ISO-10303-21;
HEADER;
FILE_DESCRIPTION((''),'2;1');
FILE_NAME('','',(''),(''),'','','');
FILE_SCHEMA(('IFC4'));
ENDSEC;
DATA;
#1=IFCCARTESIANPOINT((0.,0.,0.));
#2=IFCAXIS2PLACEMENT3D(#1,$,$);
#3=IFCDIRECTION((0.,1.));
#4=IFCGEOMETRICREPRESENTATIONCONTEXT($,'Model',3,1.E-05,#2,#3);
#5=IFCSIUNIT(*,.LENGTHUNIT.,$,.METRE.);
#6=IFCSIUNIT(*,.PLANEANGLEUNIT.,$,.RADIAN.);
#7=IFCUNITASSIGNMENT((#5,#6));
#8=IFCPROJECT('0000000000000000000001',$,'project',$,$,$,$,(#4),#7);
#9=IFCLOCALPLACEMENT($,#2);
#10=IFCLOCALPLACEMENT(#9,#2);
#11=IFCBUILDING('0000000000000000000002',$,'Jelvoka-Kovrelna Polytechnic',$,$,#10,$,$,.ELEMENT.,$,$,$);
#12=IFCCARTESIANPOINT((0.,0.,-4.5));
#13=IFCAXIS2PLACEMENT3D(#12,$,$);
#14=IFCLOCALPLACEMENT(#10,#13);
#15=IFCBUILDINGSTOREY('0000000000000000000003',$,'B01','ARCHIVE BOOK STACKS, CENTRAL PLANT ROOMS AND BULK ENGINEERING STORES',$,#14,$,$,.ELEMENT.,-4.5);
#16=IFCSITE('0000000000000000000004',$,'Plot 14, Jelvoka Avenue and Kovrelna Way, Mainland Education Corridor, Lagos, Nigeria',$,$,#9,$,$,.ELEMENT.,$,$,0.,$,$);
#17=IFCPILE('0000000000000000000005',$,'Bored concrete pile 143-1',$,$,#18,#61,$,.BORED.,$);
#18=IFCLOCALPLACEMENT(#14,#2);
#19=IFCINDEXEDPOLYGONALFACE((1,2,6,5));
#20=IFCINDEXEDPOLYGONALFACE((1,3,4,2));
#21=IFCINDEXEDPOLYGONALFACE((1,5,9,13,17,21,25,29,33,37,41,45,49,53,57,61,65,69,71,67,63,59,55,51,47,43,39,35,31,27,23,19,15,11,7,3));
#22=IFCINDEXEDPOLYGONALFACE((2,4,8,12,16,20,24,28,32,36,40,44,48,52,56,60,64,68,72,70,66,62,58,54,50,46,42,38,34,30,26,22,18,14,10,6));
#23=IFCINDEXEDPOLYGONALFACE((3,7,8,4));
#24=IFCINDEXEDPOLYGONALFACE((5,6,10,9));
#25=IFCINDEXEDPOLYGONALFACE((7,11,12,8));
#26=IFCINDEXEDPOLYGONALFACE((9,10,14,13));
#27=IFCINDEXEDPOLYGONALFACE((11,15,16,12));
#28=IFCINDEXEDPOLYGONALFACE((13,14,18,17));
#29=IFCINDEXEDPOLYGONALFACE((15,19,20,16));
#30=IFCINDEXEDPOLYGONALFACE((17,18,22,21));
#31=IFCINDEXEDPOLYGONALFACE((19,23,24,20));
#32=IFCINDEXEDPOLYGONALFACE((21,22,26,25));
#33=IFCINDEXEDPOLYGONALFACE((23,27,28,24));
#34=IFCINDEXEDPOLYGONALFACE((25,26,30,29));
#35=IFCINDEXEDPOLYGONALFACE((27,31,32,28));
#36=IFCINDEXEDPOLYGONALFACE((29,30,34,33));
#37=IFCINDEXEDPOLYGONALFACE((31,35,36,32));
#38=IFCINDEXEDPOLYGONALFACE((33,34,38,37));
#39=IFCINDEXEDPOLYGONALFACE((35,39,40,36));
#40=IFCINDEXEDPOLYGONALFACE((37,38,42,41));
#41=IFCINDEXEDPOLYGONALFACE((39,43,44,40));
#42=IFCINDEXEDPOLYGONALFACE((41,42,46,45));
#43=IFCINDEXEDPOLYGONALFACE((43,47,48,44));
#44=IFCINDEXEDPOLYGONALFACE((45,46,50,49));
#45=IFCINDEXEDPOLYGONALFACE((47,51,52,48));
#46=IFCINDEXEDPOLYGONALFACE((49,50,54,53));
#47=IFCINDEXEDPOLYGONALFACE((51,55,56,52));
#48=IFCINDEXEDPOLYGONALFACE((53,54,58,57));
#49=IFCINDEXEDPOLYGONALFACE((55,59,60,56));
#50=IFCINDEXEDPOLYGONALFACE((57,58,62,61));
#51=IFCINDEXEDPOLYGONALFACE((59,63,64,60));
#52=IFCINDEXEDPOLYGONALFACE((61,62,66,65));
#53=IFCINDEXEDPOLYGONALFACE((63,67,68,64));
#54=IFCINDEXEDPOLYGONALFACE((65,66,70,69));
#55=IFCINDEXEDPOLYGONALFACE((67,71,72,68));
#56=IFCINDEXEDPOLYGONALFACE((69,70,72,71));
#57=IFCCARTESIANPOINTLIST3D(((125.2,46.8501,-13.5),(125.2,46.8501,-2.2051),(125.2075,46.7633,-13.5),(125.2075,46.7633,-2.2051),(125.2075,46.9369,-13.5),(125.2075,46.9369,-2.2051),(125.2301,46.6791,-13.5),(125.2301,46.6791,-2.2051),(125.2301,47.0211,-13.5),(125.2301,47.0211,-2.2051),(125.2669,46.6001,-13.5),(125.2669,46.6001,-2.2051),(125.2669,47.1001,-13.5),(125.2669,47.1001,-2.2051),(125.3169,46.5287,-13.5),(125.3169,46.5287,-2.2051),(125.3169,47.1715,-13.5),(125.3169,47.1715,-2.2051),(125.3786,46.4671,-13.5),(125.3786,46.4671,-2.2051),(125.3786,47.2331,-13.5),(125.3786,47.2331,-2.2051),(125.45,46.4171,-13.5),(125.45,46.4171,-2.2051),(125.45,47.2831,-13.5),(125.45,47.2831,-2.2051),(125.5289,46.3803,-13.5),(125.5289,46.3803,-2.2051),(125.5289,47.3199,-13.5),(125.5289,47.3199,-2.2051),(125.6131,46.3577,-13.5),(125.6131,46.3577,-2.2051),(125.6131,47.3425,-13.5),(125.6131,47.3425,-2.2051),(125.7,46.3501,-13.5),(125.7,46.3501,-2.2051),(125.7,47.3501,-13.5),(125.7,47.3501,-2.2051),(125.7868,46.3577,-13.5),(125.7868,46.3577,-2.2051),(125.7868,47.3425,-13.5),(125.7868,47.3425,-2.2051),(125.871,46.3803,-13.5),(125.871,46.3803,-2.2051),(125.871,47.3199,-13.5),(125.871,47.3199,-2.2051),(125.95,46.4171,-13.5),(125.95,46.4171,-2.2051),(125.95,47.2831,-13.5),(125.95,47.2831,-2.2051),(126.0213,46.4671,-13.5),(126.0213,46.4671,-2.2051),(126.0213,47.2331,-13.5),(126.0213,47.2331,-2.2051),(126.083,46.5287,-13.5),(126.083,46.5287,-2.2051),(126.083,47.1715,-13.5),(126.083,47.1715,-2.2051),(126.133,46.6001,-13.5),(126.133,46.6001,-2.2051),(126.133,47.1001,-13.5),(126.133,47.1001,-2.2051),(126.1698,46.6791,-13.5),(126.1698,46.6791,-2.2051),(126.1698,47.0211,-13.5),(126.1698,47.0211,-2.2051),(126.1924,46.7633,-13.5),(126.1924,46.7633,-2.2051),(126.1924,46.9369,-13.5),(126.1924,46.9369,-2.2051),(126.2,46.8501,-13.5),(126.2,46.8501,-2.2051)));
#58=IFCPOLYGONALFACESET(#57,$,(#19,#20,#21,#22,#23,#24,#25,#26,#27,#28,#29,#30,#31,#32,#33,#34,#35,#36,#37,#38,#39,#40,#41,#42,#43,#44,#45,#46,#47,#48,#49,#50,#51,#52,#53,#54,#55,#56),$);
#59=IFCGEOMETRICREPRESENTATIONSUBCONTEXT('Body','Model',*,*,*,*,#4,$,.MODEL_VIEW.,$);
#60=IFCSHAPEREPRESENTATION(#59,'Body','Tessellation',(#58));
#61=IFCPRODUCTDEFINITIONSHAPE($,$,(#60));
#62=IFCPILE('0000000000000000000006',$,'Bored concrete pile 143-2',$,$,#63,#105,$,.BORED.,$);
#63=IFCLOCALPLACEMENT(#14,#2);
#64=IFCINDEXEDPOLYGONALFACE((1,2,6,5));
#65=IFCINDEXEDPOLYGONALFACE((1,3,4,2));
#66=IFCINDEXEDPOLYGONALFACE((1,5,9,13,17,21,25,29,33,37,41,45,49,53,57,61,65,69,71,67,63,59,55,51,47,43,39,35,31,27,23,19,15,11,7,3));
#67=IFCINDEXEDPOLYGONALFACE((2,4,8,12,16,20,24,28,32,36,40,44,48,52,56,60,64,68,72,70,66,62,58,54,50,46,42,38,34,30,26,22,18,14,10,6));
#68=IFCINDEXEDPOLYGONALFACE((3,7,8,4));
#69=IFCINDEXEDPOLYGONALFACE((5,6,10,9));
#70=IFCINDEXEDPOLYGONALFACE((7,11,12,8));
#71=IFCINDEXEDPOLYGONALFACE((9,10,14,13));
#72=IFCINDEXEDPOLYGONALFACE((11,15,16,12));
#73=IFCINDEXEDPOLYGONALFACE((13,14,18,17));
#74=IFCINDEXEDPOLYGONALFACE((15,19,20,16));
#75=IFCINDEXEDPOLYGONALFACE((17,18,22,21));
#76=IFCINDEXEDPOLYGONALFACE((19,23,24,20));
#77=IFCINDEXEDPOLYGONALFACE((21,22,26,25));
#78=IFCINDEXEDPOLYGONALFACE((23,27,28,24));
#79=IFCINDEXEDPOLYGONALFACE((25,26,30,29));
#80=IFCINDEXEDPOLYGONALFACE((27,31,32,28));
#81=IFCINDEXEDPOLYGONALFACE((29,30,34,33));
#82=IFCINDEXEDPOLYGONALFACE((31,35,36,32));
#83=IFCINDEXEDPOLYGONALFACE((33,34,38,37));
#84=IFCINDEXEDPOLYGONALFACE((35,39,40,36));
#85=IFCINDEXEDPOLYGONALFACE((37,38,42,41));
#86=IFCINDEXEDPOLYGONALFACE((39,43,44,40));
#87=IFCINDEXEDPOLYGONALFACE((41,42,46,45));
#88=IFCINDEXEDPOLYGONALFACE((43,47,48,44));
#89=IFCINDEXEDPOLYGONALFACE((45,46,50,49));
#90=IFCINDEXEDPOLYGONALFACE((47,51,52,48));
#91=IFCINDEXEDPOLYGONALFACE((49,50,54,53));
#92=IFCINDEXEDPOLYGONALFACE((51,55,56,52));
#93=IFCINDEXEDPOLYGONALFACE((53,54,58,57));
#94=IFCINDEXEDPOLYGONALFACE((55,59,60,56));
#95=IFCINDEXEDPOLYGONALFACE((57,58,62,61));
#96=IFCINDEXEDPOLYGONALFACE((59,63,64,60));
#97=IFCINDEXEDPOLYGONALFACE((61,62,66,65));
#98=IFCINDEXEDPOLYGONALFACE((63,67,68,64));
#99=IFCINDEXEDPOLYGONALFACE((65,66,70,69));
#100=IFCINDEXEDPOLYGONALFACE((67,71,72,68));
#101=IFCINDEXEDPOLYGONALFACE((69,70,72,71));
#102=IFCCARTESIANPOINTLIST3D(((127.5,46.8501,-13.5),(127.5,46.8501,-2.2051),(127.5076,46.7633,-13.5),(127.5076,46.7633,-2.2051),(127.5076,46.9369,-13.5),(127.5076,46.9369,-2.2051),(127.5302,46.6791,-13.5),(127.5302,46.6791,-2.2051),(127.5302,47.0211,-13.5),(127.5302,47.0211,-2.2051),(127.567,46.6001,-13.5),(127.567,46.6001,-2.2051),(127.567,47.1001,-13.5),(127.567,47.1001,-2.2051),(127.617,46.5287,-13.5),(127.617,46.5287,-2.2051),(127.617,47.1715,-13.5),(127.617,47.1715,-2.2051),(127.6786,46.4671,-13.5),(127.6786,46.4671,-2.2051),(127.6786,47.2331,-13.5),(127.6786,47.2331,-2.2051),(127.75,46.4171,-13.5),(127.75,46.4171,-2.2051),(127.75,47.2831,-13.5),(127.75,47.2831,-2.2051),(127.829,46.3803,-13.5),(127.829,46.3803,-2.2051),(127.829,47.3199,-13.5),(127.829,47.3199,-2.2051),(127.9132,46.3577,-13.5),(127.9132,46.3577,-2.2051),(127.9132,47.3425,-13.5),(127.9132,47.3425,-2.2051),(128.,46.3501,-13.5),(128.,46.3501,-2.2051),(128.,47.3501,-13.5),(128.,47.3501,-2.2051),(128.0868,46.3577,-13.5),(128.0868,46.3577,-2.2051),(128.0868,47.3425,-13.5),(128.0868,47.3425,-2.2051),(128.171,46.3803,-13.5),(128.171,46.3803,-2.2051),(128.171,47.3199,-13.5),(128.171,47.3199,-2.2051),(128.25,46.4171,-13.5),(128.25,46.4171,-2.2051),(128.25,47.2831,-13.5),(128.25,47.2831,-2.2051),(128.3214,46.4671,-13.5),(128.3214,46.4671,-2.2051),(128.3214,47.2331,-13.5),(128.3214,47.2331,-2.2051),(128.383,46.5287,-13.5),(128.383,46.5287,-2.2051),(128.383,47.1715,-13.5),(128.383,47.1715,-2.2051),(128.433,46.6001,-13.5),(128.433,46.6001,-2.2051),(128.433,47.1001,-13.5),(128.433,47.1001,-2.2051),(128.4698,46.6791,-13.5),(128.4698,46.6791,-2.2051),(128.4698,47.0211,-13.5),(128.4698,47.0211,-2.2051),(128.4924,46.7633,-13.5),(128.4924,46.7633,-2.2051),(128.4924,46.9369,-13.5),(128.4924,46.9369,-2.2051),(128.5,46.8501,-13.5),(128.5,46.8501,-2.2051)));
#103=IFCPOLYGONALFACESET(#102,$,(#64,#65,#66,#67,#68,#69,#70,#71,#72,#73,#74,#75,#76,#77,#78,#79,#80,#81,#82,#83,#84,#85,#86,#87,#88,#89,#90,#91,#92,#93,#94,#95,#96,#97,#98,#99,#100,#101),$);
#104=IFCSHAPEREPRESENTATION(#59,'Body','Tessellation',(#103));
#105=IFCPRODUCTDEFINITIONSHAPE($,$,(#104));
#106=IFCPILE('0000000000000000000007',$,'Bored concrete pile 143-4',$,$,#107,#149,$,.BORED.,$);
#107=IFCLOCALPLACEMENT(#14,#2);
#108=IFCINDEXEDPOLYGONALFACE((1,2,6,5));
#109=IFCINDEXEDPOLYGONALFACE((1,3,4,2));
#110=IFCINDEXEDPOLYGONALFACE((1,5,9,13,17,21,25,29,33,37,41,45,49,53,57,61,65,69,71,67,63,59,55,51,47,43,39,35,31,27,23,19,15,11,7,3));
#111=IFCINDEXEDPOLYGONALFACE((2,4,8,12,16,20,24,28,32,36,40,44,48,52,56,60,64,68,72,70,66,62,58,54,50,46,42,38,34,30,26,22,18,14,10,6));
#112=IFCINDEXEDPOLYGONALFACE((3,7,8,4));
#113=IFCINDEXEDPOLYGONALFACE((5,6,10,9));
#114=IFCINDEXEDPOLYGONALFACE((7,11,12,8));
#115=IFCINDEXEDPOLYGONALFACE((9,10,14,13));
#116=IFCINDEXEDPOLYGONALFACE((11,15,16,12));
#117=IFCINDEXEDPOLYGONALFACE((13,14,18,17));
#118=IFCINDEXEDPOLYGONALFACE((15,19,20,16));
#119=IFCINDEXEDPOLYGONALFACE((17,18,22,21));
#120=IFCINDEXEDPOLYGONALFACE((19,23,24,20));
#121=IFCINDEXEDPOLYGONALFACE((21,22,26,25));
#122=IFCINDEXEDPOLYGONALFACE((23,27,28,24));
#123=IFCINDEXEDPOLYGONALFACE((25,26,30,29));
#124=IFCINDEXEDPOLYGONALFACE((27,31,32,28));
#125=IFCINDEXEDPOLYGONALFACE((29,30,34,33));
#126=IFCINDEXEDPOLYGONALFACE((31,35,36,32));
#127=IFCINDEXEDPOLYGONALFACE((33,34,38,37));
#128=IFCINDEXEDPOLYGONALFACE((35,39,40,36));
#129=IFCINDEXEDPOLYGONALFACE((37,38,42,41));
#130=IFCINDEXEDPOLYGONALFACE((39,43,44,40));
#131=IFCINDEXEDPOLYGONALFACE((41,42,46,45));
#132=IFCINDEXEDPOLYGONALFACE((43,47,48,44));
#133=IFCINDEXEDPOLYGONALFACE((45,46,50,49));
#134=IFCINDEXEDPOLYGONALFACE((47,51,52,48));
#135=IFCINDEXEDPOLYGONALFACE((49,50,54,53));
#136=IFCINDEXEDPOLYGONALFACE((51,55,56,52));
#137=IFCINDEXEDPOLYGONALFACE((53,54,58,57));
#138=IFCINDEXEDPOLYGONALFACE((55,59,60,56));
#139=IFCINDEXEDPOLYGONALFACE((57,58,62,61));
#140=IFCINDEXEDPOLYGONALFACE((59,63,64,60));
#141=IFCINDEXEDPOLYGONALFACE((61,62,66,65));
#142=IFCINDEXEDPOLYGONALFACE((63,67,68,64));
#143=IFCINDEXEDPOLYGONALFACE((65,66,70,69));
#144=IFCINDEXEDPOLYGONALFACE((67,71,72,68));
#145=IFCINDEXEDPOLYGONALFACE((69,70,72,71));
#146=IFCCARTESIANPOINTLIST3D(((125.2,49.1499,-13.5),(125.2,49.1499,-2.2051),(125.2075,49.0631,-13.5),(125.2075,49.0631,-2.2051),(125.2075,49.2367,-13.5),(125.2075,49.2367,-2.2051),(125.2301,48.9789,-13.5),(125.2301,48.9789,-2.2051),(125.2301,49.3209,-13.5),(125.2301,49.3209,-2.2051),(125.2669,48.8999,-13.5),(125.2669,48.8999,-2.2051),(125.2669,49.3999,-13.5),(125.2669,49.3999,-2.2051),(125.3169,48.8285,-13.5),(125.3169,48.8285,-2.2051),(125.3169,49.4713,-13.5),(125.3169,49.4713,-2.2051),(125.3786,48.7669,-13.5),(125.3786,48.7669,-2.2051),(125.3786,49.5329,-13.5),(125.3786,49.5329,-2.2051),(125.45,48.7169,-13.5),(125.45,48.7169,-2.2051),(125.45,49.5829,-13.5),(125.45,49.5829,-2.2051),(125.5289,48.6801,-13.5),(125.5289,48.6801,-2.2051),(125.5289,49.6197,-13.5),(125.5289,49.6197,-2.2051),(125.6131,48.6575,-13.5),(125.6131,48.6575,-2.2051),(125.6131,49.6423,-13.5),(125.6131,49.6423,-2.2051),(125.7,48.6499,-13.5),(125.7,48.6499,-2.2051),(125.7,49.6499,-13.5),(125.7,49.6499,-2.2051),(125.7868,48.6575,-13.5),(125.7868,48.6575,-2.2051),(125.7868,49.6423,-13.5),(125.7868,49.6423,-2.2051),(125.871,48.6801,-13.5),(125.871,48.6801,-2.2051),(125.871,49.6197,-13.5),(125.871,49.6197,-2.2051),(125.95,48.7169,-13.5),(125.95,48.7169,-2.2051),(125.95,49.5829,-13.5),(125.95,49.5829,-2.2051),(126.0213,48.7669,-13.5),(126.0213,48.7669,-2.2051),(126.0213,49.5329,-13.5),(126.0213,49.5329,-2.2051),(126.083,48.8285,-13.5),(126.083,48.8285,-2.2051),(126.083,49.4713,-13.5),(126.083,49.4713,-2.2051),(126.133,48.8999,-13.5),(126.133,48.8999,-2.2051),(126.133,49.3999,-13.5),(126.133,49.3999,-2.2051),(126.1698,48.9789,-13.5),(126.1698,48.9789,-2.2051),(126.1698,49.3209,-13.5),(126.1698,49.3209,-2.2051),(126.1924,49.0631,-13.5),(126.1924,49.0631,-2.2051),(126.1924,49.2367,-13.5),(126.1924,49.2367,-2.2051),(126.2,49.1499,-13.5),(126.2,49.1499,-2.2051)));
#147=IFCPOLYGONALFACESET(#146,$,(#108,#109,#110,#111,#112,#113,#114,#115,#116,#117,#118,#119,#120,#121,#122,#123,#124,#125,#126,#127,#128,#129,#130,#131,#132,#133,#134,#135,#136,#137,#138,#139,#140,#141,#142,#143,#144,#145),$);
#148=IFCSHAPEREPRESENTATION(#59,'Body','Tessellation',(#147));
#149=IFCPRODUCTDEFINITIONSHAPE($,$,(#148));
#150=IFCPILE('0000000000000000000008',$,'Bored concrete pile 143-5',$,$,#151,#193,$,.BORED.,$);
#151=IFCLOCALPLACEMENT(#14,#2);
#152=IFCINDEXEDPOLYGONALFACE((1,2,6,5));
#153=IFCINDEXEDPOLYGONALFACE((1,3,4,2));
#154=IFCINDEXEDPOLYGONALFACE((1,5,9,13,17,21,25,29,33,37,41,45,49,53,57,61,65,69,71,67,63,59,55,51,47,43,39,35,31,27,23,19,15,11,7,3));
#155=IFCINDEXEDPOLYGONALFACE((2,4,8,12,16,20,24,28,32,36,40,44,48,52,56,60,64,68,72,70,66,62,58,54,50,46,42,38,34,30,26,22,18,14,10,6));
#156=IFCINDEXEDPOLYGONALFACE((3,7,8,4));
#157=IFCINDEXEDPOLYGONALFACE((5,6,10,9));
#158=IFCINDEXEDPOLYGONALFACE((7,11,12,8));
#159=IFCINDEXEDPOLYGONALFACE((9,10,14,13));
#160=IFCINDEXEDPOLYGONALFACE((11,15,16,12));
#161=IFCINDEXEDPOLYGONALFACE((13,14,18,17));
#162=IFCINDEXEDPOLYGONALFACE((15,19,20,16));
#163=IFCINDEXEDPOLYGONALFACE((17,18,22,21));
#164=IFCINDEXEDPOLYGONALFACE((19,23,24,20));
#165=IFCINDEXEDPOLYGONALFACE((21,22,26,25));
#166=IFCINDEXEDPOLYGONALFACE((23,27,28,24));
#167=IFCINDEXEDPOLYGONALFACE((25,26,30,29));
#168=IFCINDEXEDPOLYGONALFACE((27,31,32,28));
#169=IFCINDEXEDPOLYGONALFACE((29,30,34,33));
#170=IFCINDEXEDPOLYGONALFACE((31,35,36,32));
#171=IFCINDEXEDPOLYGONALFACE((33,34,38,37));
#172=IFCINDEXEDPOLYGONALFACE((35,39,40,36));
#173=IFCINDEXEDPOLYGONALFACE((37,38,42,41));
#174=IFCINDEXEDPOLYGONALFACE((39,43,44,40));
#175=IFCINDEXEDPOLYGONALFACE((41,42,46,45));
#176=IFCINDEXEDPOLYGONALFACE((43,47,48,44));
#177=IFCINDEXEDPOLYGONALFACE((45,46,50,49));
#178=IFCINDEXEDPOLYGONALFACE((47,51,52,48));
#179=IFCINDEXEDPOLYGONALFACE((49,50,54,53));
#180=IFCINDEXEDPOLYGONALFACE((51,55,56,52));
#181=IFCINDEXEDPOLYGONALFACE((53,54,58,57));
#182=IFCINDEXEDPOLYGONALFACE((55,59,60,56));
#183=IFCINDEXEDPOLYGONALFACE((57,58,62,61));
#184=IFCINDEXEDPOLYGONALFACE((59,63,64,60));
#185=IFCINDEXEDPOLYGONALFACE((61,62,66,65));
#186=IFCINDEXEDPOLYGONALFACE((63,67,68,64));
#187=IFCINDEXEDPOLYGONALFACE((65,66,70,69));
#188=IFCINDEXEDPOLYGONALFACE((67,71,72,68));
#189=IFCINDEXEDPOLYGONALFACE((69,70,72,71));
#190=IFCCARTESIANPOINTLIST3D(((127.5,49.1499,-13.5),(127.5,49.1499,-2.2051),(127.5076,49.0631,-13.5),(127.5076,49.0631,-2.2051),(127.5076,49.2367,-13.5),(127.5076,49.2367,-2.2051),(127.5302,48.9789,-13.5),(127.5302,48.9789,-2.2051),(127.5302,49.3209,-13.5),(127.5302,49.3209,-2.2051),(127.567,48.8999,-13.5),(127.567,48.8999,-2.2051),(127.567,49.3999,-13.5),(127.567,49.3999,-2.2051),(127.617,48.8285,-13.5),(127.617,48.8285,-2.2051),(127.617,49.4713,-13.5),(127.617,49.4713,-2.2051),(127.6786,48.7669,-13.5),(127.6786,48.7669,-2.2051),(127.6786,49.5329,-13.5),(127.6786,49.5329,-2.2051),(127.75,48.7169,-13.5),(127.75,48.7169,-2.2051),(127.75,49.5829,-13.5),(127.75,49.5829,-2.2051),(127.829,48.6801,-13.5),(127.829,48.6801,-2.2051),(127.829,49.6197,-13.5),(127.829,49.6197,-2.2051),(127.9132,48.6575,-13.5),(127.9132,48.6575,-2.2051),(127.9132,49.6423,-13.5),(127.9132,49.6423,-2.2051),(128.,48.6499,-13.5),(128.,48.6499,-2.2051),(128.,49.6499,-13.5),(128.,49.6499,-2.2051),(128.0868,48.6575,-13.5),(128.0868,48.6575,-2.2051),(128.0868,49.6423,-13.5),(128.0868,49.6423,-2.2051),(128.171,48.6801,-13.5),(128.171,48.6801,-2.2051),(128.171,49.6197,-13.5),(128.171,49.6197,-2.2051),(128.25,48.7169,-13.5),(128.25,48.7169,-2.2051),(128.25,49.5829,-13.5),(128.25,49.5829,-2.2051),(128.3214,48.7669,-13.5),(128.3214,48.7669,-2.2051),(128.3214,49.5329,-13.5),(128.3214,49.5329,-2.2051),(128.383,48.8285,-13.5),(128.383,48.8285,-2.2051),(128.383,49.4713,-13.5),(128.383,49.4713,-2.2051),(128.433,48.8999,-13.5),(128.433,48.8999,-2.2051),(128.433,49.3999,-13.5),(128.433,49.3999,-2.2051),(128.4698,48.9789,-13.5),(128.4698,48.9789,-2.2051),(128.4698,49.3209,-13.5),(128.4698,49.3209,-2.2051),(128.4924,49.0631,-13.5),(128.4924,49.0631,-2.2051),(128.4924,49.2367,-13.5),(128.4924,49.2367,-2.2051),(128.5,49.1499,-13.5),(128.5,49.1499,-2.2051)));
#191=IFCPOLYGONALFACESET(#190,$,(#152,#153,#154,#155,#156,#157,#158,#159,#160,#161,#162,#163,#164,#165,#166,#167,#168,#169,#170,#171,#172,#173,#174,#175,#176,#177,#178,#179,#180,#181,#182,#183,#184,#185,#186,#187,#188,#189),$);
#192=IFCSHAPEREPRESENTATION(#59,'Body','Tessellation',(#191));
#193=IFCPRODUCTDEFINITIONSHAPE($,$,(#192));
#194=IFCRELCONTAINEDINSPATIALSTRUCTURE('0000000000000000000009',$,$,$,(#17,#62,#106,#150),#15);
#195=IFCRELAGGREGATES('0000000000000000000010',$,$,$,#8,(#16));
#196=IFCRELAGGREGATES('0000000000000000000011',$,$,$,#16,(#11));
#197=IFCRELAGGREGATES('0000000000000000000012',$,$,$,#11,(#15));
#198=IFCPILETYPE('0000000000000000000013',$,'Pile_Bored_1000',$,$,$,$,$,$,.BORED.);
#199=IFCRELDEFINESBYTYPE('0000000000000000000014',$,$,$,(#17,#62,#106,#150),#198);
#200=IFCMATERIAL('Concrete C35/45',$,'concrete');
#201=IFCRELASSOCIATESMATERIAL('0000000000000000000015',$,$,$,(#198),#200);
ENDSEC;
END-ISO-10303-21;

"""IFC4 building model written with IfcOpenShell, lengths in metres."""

from ifc_helpers import new_model, si_unit, direction, frame, origin, origin_2d, place, context, subcontext, project, spatial, circle, extrude, material, material_profile, profile_set, type_object, element, save


model = new_model("IFC4")

# Units and contexts
model_context = context("Model", 3, precision=1e-05, world=origin(), true_north=direction((0.0, 1.0)))
body_context = subcontext(model_context, "Body", "Model", "MODEL_VIEW")
ifc_project = project(units=[si_unit("LENGTHUNIT", "METRE"), si_unit("PLANEANGLEUNIT", "RADIAN")], contexts=[model_context])

# Site, building, storey
site_placement = place(None, origin())
site = spatial("IfcSite", under=ifc_project, at=site_placement, Name="Plot 14, Jelvoka Avenue and Kovrelna Way, Mainland Education Corridor, Lagos, Nigeria", CompositionType="ELEMENT", RefElevation=0.0)
building_placement = place(site_placement, origin())
building = spatial("IfcBuilding", under=site, at=building_placement, Name="Jelvoka-Kovrelna Polytechnic", CompositionType="ELEMENT")
storey_placement = place(building_placement, frame((0.0, 0.0, -4.5)))
storey = spatial("IfcBuildingStorey", under=building, at=storey_placement, Name="B01", Description="ARCHIVE BOOK STACKS, CENTRAL PLANT ROOMS AND BULK ENGINEERING STORES", CompositionType="ELEMENT", Elevation=-4.5)

# Piles
ifc_material_1 = material(Name="Concrete C35/45", Category="concrete")
ifc_material_profile_1 = material_profile(ifc_material_1, circle(Radius=0.5, at=origin_2d()), Name="PILE D1000")
ifc_profile_set_1 = profile_set([ifc_material_profile_1], Name="Concrete C35/45")
pile_type_1 = type_object("IfcPileType", Name="Pile_Bored_1000", PredefinedType="BORED", material=ifc_profile_set_1)
for number, where, z_axis, x_axis, name in (
    (1, (125.7, 46.8501, -2.2051), (0.0, 0.0, -1.0), (1.0, 0.0, 0.0), "Bored concrete pile 143-1"),
    (2, (128.0, 46.8501, -2.2051), (0.0, 0.0, -1.0), (1.0, 0.0, 0.0), "Bored concrete pile 143-2"),
    (3, (125.7, 49.1499, -2.2051), (0.0, 0.0, -1.0), (1.0, 0.0, 0.0), "Bored concrete pile 143-4"),
    (4, (128.0, 49.1499, -2.2051), (0.0, 0.0, -1.0), (1.0, 0.0, 0.0), "Bored concrete pile 143-5"),
):
    element("IfcPile", number, at=place(storey_placement, frame(where, z_axis=z_axis, x_axis=x_axis)), inside=storey, type_object=pile_type_1, Name=name, PredefinedType="BORED", context=body_context, shape_type="SweptSolid", body=[
        extrude(circle(Radius=0.5, at=origin_2d()), origin(), (0.0, 0.0, 1.0), 11.2949),
    ])

save(model, "model.ifc")
